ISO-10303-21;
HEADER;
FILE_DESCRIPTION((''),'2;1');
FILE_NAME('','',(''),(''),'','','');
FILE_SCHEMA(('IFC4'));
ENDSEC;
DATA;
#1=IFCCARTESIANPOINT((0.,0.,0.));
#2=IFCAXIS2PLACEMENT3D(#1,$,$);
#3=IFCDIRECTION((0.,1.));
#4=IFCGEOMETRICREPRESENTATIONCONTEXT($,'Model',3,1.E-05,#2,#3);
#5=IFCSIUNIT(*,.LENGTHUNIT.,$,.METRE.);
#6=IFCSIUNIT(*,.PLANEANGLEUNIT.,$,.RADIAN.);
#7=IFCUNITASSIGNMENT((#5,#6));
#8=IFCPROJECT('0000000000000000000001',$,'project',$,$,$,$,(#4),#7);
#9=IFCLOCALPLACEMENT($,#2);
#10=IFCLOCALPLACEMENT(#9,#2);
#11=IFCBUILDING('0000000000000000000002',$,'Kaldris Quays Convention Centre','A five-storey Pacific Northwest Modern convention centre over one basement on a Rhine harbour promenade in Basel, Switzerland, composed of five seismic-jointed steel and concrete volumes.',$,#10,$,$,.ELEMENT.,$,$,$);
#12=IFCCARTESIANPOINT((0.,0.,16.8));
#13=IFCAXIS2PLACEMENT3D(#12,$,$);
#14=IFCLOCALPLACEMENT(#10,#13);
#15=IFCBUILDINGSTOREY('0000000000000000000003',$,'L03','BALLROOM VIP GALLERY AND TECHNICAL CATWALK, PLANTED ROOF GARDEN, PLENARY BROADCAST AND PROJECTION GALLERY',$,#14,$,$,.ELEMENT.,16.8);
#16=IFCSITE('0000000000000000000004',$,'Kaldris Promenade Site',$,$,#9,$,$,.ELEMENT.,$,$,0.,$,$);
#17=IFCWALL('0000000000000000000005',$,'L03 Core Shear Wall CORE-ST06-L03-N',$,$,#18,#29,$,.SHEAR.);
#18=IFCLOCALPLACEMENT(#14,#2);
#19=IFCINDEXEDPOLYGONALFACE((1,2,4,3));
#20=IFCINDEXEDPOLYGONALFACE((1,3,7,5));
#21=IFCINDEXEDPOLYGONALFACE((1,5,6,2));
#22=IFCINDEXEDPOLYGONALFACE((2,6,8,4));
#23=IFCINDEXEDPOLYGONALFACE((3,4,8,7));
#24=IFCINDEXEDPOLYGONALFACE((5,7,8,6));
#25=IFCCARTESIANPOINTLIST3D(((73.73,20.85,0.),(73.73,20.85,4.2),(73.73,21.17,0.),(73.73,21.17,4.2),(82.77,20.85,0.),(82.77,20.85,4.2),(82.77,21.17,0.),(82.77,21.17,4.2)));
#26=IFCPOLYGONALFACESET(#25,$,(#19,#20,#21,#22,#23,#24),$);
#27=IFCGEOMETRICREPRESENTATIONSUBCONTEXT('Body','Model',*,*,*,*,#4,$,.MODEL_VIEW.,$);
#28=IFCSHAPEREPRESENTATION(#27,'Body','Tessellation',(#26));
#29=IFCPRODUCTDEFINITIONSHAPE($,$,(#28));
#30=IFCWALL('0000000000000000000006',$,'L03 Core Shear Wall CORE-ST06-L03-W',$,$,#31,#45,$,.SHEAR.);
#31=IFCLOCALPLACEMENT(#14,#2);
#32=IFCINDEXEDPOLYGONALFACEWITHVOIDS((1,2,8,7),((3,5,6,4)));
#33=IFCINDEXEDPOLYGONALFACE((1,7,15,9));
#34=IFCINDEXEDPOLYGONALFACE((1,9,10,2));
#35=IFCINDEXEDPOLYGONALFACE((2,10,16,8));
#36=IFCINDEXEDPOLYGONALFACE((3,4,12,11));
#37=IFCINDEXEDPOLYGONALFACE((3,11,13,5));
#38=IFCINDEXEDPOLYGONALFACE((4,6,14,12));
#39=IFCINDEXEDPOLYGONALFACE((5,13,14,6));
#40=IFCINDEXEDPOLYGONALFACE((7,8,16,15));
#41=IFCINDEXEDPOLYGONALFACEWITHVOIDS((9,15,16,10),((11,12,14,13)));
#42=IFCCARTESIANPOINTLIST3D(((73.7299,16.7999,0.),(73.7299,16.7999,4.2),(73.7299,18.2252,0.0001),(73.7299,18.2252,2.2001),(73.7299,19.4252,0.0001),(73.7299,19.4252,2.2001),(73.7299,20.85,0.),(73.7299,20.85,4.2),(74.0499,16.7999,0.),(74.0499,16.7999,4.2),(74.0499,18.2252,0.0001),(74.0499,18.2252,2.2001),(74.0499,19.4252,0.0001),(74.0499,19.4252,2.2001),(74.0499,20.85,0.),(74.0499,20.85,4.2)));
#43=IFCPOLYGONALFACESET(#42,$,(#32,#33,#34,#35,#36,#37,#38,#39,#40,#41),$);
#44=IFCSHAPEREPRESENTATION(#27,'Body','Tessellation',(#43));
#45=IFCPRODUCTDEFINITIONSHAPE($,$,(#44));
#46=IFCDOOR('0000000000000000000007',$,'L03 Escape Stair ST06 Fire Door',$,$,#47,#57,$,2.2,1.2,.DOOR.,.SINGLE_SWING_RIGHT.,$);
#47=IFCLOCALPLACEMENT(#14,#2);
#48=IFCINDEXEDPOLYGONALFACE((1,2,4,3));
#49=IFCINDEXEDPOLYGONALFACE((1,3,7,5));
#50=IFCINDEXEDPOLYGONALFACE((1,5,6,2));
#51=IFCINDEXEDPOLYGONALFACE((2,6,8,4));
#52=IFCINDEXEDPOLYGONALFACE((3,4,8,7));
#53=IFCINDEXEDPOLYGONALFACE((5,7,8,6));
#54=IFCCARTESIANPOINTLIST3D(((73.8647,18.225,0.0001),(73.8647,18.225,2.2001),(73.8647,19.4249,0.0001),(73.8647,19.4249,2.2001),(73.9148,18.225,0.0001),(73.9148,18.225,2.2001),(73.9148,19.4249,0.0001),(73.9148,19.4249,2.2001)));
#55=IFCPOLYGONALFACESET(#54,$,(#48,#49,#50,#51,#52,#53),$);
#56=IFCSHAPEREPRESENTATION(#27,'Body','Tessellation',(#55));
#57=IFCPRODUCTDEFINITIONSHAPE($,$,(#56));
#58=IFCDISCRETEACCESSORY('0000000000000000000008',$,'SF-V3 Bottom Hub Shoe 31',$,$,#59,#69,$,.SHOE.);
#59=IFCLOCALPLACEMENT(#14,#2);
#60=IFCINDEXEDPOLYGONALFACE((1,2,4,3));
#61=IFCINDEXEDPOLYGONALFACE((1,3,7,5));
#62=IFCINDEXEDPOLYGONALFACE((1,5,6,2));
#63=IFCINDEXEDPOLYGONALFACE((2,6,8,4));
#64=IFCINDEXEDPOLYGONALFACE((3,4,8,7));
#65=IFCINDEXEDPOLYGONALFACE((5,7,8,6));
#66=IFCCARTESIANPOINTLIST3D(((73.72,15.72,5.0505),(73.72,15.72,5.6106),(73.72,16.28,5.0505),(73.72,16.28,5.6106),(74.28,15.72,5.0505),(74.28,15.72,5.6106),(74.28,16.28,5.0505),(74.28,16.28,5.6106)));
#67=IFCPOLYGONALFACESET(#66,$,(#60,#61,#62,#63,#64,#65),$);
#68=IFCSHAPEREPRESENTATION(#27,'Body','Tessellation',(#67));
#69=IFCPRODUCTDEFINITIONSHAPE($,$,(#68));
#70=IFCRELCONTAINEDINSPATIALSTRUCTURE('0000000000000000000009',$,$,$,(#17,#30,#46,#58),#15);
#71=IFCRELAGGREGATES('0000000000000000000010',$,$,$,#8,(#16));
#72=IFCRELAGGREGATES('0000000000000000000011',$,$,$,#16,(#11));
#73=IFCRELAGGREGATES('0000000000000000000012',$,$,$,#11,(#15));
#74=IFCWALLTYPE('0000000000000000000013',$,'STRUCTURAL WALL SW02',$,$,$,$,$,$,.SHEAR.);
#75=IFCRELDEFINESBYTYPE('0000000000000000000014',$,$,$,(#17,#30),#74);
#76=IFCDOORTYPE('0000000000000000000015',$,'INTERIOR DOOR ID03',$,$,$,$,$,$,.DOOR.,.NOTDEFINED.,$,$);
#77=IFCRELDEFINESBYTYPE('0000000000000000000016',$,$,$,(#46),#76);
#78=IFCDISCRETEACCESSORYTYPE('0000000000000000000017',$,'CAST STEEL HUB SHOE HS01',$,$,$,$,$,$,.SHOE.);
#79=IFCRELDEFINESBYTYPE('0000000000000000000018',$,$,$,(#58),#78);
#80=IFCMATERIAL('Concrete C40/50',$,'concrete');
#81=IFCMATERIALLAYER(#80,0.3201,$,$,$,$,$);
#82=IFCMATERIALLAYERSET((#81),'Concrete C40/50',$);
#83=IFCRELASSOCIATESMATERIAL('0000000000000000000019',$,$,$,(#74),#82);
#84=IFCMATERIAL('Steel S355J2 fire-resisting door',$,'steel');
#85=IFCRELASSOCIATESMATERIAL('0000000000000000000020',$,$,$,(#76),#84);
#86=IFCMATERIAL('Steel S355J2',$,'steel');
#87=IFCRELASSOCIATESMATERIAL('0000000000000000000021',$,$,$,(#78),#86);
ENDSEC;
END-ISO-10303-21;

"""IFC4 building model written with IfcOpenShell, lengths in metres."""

from ifc_helpers import new_model, si_unit, direction, frame, frame_2d, origin, origin_2d, place, context, subcontext, project, spatial, rectangle, extrude, material, layer, layer_set, type_object, element, fill, save


model = new_model("IFC4")

# Units and contexts
model_context = context("Model", 3, precision=1e-05, world=origin(), true_north=direction((0.0, 1.0)))
body_context = subcontext(model_context, "Body", "Model", "MODEL_VIEW")
ifc_project = project(units=[si_unit("LENGTHUNIT", "METRE"), si_unit("PLANEANGLEUNIT", "RADIAN")], contexts=[model_context])

# Site, building, storey
site_placement = place(None, origin())
site = spatial("IfcSite", under=ifc_project, at=site_placement, Name="Kaldris Promenade Site", CompositionType="ELEMENT", RefElevation=0.0)
building_placement = place(site_placement, origin())
building = spatial("IfcBuilding", under=site, at=building_placement, Name="Kaldris Quays Convention Centre", Description="A five-storey Pacific Northwest Modern convention centre over one basement on a Rhine harbour promenade in Basel, Switzerland, composed of five seismic-jointed steel and concrete volumes.", CompositionType="ELEMENT")
storey_placement = place(building_placement, frame((0.0, 0.0, 16.8)))
storey = spatial("IfcBuildingStorey", under=building, at=storey_placement, Name="L03", Description="BALLROOM VIP GALLERY AND TECHNICAL CATWALK, PLANTED ROOF GARDEN, PLENARY BROADCAST AND PROJECTION GALLERY", CompositionType="ELEMENT", Elevation=16.8)

# Shared definitions
ifc_material_1 = material(Name="Steel S355J2", Category="steel")

# Wall
ifc_material_2 = material(Name="Concrete C40/50", Category="concrete")
ifc_layer = layer(ifc_material_2, 0.3201)
ifc_layer_set = layer_set([ifc_layer], Name="Concrete C40/50")
wall_type = type_object("IfcWallType", Name="STRUCTURAL WALL SW02", PredefinedType="SHEAR", material=ifc_layer_set)
for number, where, z_axis, x_axis, name in (
    (1, (73.73, 21.01, 0.0), (0.0, 0.0, 1.0), (1.0, 0.0, 0.0), "L03 Core Shear Wall CORE-ST06-L03-N"),
):
    element("IfcWall", number, at=place(storey_placement, frame(where, z_axis=z_axis, x_axis=x_axis)), inside=storey, type_object=wall_type, Name=name, PredefinedType="SHEAR", context=body_context, shape_type="SweptSolid", body=[
        extrude(rectangle(XDim=9.04, YDim=0.3201, at=frame_2d((4.52, 0.0))), origin(), (0.0, 0.0, 1.0), 4.2),
    ])

# Wall, opening, door
wall_placement = place(storey_placement, frame((73.8899, 16.8, 0.0), z_axis=(0.0, 0.0, 1.0), x_axis=(0.0, 1.0, 0.0)))
wall = element("IfcWall", 2, at=wall_placement, inside=storey, type_object=wall_type, Name="L03 Core Shear Wall CORE-ST06-L03-W", PredefinedType="SHEAR", context=body_context, shape_type="SweptSolid", body=[
    extrude(rectangle(XDim=4.05, YDim=0.3201, at=frame_2d((2.0249, 0.0))), origin(), (0.0, 0.0, 1.0), 4.2),
])
opening_placement = place(wall_placement, frame((1.425, 0.0, 0.0)))
opening = element("IfcOpeningElement", 3, at=opening_placement, cuts=wall, PredefinedType="OPENING", context=body_context, shape_type="SweptSolid", body=[
    extrude(rectangle(XDim=1.2, YDim=2.2, at=frame_2d((0.6001, 1.1001))), frame((0.0, 0.1699, 0.0), z_axis=(0.0, -1.0, 0.0), x_axis=(1.0, 0.0, 0.0)), (0.0, 0.0, 1.0), 0.3401),
])
ifc_material_3 = material(Name="Steel S355J2 fire-resisting door", Category="steel")
door_type = type_object("IfcDoorType", Name="INTERIOR DOOR ID03", OperationType="NOTDEFINED", PredefinedType="DOOR", material=ifc_material_3)
door_placement = place(opening_placement, frame((1.2, 0.0, 0.0), z_axis=(0.0, 0.0, 1.0), x_axis=(-1.0, 0.0, 0.0)))
door = element("IfcDoor", 4, at=door_placement, inside=storey, type_object=door_type, Name="L03 Escape Stair ST06 Fire Door", OperationType="SINGLE_SWING_RIGHT", OverallHeight=2.2, OverallWidth=1.2, PredefinedType="DOOR", context=body_context, shape_type="SweptSolid", body=[
    extrude(rectangle(XDim=1.2, YDim=2.2, at=frame_2d((0.6001, 1.1001))), frame((0.0, 0.0249, 0.0), z_axis=(0.0, -1.0, 0.0), x_axis=(1.0, 0.0, 0.0)), (0.0, 0.0, 1.0), 0.05),
])
fill(opening, door)

# Discrete accessory
discrete_accessory_type = type_object("IfcDiscreteAccessoryType", Name="CAST STEEL HUB SHOE HS01", PredefinedType="SHOE", material=ifc_material_1)
discrete_accessory_placement = place(storey_placement, frame((74.0, 16.0, 5.0505), z_axis=(0.0, 0.0, 1.0), x_axis=(1.0, 0.0, 0.0)))
element("IfcDiscreteAccessory", 5, at=discrete_accessory_placement, inside=storey, type_object=discrete_accessory_type, Name="SF-V3 Bottom Hub Shoe 31", PredefinedType="SHOE", context=body_context, shape_type="SweptSolid", body=[
    extrude(rectangle(XDim=0.5601, YDim=0.5601, at=origin_2d()), origin(), (0.0, 0.0, 1.0), 0.5601),
])

save(model, "model.ifc")
